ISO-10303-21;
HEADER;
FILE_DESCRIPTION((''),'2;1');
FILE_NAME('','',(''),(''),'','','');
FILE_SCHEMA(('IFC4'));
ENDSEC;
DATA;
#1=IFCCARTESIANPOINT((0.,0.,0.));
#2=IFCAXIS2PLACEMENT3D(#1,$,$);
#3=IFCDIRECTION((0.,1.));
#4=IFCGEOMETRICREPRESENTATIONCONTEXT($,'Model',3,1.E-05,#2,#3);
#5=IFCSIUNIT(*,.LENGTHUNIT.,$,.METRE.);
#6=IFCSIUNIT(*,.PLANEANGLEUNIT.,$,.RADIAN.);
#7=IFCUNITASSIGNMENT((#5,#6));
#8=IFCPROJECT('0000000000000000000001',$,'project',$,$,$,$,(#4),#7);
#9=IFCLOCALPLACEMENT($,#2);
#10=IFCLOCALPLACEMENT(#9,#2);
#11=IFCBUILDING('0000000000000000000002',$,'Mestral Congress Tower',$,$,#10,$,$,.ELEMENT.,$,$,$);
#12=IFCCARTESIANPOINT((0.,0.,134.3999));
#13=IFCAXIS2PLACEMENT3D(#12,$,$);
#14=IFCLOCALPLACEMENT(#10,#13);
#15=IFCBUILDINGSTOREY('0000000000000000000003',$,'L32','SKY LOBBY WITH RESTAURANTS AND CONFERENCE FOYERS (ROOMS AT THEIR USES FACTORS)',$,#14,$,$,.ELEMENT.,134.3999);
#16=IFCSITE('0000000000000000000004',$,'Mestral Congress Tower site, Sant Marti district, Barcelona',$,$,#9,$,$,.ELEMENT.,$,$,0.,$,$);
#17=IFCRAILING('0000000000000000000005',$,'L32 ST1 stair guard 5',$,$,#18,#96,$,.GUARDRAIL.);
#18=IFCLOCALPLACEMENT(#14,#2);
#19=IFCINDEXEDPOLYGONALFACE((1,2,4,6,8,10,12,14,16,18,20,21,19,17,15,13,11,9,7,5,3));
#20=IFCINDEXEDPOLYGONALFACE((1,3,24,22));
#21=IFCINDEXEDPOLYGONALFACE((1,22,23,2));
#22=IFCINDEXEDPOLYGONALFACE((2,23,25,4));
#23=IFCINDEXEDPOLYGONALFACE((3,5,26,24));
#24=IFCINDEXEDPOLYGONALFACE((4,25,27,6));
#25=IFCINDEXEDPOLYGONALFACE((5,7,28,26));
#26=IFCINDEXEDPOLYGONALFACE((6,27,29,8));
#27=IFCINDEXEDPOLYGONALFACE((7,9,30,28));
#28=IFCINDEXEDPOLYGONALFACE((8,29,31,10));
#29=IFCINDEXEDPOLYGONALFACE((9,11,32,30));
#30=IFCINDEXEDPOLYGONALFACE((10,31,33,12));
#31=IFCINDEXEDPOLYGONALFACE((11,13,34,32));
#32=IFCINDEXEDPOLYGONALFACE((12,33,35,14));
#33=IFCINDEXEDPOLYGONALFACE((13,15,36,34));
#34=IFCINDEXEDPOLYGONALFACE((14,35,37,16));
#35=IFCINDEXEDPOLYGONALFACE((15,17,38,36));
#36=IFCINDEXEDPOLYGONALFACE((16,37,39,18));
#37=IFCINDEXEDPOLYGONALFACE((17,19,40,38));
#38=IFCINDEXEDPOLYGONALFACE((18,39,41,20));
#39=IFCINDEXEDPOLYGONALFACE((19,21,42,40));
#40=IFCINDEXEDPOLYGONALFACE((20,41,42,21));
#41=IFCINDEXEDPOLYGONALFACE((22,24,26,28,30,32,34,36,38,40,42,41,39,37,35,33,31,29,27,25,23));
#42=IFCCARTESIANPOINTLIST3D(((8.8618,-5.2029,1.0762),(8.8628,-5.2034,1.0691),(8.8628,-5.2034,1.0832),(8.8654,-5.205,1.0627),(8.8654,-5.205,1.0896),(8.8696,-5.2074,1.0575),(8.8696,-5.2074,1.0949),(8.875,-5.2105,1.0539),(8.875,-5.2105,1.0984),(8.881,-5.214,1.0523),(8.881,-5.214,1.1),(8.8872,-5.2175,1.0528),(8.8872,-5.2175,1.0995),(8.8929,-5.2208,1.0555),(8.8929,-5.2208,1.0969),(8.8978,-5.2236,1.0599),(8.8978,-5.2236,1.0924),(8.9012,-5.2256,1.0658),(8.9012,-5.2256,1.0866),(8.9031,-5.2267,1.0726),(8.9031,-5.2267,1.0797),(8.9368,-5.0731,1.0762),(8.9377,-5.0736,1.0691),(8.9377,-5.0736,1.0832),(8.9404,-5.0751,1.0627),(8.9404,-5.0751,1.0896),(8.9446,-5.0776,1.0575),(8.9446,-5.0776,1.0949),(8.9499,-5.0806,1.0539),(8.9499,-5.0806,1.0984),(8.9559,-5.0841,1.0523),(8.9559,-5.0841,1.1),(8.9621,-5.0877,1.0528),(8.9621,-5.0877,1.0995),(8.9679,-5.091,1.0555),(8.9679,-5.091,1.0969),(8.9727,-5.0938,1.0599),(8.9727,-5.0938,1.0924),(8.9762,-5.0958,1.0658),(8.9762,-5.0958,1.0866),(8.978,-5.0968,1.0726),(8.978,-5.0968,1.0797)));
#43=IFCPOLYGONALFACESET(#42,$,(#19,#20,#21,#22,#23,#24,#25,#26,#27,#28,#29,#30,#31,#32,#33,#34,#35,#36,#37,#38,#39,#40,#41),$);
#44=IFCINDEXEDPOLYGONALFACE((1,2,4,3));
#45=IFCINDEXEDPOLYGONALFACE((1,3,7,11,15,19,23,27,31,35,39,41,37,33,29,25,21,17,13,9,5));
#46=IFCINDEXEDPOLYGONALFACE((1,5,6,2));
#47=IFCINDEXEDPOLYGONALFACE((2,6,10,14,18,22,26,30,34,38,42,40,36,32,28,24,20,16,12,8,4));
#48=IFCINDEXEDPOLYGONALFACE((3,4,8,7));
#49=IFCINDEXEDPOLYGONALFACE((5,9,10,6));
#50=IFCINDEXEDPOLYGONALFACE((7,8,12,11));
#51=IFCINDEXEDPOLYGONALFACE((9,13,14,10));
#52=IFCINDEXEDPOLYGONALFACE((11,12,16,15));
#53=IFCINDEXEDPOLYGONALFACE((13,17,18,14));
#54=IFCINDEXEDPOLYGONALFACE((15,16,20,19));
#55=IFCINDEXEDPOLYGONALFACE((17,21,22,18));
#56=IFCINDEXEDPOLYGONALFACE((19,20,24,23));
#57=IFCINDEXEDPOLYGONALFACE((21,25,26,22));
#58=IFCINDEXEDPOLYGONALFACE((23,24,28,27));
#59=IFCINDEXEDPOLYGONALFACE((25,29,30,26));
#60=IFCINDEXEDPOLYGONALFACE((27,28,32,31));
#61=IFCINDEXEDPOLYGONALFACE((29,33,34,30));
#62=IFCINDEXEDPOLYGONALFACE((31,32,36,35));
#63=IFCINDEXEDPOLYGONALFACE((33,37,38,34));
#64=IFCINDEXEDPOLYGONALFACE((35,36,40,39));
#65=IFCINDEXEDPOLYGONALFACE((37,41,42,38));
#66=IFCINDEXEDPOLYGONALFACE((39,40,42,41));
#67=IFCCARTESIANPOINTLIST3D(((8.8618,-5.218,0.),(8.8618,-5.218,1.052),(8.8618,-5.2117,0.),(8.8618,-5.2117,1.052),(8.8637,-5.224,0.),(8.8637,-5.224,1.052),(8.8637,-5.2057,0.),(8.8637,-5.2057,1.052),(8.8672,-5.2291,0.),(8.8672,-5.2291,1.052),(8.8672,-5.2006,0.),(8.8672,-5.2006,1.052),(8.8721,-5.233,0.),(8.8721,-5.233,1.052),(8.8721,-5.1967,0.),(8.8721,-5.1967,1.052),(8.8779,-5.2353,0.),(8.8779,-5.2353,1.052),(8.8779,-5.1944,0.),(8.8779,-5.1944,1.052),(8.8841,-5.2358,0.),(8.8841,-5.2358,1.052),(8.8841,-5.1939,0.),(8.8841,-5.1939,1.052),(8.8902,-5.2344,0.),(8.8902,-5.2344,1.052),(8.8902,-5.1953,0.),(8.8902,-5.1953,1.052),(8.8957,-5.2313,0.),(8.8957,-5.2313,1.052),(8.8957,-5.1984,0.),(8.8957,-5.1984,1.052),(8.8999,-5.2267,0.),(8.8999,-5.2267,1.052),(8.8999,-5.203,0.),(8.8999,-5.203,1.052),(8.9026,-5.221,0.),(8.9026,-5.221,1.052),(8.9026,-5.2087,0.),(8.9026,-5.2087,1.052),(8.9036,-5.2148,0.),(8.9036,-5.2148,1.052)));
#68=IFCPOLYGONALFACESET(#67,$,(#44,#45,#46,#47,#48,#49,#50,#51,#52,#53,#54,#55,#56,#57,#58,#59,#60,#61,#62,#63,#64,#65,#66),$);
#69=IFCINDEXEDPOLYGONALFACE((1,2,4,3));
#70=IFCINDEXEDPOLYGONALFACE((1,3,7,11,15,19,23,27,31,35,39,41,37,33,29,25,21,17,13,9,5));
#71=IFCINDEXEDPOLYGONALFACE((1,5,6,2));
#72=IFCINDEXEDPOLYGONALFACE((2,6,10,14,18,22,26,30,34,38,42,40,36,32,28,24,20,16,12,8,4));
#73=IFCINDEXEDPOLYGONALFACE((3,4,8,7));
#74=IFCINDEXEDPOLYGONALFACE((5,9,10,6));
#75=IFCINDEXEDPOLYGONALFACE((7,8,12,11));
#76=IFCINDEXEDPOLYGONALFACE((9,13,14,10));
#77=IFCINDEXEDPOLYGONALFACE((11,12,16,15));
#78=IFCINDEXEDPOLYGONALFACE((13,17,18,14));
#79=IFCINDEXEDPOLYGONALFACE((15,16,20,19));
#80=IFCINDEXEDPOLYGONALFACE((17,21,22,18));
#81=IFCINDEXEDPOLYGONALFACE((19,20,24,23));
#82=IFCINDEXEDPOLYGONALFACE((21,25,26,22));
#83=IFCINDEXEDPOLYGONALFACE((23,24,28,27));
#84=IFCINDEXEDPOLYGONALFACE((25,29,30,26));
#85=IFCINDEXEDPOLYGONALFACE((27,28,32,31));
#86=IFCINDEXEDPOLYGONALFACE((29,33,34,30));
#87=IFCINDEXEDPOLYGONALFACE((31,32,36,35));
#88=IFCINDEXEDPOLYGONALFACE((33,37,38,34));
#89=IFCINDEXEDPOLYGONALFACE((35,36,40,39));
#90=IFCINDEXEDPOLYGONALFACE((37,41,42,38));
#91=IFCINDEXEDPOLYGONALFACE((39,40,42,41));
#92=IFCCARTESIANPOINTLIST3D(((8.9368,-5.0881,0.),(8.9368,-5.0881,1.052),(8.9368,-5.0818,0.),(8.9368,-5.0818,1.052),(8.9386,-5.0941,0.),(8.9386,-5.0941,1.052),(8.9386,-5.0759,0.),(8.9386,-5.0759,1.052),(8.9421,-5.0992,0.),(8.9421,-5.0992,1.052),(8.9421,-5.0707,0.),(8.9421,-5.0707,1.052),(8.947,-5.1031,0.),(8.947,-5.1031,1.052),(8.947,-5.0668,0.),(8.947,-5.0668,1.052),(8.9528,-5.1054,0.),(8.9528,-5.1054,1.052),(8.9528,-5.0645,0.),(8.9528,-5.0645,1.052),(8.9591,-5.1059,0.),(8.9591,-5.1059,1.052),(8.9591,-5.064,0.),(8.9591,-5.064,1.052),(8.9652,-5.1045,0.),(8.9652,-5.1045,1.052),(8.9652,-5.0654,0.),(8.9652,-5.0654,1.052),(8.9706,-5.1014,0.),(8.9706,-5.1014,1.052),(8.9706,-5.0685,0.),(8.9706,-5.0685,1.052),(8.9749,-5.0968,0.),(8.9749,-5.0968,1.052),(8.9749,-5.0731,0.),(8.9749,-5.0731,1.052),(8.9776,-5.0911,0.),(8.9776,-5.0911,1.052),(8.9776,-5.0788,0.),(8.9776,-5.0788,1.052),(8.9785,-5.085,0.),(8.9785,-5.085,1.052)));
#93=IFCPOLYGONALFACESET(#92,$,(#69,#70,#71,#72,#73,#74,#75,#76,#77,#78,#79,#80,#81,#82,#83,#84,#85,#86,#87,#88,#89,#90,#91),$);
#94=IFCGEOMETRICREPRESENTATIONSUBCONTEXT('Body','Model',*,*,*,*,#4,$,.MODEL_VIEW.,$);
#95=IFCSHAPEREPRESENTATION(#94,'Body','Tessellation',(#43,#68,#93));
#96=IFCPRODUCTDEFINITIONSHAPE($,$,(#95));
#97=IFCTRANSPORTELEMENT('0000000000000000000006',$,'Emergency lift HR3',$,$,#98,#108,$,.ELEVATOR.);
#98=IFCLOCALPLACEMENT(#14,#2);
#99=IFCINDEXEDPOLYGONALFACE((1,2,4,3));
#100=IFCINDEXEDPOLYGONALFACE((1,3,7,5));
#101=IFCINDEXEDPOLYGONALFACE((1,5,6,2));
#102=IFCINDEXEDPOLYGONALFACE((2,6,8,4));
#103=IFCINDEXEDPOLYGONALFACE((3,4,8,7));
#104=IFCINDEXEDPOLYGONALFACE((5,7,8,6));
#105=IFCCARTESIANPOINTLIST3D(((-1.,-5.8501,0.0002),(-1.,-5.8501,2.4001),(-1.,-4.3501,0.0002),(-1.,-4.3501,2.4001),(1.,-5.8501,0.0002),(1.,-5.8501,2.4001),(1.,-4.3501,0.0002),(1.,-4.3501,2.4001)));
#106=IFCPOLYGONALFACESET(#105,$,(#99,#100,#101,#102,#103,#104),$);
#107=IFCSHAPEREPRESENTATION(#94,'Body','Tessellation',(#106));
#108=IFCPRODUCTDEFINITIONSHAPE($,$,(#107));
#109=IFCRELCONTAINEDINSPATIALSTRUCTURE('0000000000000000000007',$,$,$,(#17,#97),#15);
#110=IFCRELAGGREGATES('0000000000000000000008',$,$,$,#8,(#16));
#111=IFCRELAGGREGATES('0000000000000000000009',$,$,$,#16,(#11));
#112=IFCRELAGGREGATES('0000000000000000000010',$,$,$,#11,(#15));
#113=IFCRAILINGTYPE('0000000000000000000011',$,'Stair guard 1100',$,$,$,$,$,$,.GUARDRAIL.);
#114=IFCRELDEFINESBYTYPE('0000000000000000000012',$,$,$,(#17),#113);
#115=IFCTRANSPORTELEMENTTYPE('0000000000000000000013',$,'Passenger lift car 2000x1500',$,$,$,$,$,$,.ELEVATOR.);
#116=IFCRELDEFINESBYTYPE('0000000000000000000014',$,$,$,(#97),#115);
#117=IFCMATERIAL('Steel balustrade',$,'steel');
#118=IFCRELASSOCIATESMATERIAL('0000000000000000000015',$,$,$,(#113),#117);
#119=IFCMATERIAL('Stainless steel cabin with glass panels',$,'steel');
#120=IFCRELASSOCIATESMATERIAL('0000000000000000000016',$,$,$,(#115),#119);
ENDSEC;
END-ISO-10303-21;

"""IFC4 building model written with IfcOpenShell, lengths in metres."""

from ifc_helpers import new_model, si_unit, direction, frame, origin, origin_2d, place, context, subcontext, project, spatial, rectangle, circle, extrude, material, type_object, element, save


model = new_model("IFC4")

# Units and contexts
model_context = context("Model", 3, precision=1e-05, world=origin(), true_north=direction((0.0, 1.0)))
body_context = subcontext(model_context, "Body", "Model", "MODEL_VIEW")
ifc_project = project(units=[si_unit("LENGTHUNIT", "METRE"), si_unit("PLANEANGLEUNIT", "RADIAN")], contexts=[model_context])

# Site, building, storey
site_placement = place(None, origin())
site = spatial("IfcSite", under=ifc_project, at=site_placement, Name="Mestral Congress Tower site, Sant Marti district, Barcelona", CompositionType="ELEMENT", RefElevation=0.0)
building_placement = place(site_placement, origin())
building = spatial("IfcBuilding", under=site, at=building_placement, Name="Mestral Congress Tower", CompositionType="ELEMENT")
storey_placement = place(building_placement, frame((0.0, 0.0, 134.3999)))
storey = spatial("IfcBuildingStorey", under=building, at=storey_placement, Name="L32", Description="SKY LOBBY WITH RESTAURANTS AND CONFERENCE FOYERS (ROOMS AT THEIR USES FACTORS)", CompositionType="ELEMENT", Elevation=134.3999)

# Railing
ifc_material_1 = material(Name="Steel balustrade", Category="steel")
railing_type_1 = type_object("IfcRailingType", Name="Stair guard 1100", PredefinedType="GUARDRAIL", material=ifc_material_1)
railing_1_placement = place(storey_placement, frame((8.8826, -5.2148, 0.0)))
element("IfcRailing", 1, at=railing_1_placement, inside=storey, type_object=railing_type_1, Name="L32 ST1 stair guard 5", PredefinedType="GUARDRAIL", context=body_context, shape_type="SweptSolid", body=[
    extrude(circle(Radius=0.0239, at=origin_2d()), frame((0.0, 0.0, 1.0762), z_axis=(0.499816, 0.866131, 0.0), x_axis=(-0.866131, 0.499816, 0.0)), (0.0, 0.0, 1.0), 0.1499),
    extrude(circle(Radius=0.021, at=origin_2d()), origin(), (0.0, 0.0, 1.0), 1.052),
    extrude(circle(Radius=0.021, at=origin_2d()), frame((0.075, 0.1299, 0.0)), (0.0, 0.0, 1.0), 1.052),
])

# Transport element
ifc_material_2 = material(Name="Stainless steel cabin with glass panels", Category="steel")
transport_element_type = type_object("IfcTransportElementType", Name="Passenger lift car 2000x1500", PredefinedType="ELEVATOR", material=ifc_material_2)
transport_element_placement = place(storey_placement, frame((0.0, -5.1001, 0.0002), z_axis=(0.0, 0.0, 1.0), x_axis=(0.0, -1.0, 0.0)))
element("IfcTransportElement", 2, at=transport_element_placement, inside=storey, type_object=transport_element_type, Name="Emergency lift HR3", PredefinedType="ELEVATOR", context=body_context, shape_type="SweptSolid", body=[
    extrude(rectangle(XDim=1.5, YDim=2.0, at=origin_2d()), origin(), (0.0, 0.0, 1.0), 2.3999),
])

save(model, "model.ifc")
